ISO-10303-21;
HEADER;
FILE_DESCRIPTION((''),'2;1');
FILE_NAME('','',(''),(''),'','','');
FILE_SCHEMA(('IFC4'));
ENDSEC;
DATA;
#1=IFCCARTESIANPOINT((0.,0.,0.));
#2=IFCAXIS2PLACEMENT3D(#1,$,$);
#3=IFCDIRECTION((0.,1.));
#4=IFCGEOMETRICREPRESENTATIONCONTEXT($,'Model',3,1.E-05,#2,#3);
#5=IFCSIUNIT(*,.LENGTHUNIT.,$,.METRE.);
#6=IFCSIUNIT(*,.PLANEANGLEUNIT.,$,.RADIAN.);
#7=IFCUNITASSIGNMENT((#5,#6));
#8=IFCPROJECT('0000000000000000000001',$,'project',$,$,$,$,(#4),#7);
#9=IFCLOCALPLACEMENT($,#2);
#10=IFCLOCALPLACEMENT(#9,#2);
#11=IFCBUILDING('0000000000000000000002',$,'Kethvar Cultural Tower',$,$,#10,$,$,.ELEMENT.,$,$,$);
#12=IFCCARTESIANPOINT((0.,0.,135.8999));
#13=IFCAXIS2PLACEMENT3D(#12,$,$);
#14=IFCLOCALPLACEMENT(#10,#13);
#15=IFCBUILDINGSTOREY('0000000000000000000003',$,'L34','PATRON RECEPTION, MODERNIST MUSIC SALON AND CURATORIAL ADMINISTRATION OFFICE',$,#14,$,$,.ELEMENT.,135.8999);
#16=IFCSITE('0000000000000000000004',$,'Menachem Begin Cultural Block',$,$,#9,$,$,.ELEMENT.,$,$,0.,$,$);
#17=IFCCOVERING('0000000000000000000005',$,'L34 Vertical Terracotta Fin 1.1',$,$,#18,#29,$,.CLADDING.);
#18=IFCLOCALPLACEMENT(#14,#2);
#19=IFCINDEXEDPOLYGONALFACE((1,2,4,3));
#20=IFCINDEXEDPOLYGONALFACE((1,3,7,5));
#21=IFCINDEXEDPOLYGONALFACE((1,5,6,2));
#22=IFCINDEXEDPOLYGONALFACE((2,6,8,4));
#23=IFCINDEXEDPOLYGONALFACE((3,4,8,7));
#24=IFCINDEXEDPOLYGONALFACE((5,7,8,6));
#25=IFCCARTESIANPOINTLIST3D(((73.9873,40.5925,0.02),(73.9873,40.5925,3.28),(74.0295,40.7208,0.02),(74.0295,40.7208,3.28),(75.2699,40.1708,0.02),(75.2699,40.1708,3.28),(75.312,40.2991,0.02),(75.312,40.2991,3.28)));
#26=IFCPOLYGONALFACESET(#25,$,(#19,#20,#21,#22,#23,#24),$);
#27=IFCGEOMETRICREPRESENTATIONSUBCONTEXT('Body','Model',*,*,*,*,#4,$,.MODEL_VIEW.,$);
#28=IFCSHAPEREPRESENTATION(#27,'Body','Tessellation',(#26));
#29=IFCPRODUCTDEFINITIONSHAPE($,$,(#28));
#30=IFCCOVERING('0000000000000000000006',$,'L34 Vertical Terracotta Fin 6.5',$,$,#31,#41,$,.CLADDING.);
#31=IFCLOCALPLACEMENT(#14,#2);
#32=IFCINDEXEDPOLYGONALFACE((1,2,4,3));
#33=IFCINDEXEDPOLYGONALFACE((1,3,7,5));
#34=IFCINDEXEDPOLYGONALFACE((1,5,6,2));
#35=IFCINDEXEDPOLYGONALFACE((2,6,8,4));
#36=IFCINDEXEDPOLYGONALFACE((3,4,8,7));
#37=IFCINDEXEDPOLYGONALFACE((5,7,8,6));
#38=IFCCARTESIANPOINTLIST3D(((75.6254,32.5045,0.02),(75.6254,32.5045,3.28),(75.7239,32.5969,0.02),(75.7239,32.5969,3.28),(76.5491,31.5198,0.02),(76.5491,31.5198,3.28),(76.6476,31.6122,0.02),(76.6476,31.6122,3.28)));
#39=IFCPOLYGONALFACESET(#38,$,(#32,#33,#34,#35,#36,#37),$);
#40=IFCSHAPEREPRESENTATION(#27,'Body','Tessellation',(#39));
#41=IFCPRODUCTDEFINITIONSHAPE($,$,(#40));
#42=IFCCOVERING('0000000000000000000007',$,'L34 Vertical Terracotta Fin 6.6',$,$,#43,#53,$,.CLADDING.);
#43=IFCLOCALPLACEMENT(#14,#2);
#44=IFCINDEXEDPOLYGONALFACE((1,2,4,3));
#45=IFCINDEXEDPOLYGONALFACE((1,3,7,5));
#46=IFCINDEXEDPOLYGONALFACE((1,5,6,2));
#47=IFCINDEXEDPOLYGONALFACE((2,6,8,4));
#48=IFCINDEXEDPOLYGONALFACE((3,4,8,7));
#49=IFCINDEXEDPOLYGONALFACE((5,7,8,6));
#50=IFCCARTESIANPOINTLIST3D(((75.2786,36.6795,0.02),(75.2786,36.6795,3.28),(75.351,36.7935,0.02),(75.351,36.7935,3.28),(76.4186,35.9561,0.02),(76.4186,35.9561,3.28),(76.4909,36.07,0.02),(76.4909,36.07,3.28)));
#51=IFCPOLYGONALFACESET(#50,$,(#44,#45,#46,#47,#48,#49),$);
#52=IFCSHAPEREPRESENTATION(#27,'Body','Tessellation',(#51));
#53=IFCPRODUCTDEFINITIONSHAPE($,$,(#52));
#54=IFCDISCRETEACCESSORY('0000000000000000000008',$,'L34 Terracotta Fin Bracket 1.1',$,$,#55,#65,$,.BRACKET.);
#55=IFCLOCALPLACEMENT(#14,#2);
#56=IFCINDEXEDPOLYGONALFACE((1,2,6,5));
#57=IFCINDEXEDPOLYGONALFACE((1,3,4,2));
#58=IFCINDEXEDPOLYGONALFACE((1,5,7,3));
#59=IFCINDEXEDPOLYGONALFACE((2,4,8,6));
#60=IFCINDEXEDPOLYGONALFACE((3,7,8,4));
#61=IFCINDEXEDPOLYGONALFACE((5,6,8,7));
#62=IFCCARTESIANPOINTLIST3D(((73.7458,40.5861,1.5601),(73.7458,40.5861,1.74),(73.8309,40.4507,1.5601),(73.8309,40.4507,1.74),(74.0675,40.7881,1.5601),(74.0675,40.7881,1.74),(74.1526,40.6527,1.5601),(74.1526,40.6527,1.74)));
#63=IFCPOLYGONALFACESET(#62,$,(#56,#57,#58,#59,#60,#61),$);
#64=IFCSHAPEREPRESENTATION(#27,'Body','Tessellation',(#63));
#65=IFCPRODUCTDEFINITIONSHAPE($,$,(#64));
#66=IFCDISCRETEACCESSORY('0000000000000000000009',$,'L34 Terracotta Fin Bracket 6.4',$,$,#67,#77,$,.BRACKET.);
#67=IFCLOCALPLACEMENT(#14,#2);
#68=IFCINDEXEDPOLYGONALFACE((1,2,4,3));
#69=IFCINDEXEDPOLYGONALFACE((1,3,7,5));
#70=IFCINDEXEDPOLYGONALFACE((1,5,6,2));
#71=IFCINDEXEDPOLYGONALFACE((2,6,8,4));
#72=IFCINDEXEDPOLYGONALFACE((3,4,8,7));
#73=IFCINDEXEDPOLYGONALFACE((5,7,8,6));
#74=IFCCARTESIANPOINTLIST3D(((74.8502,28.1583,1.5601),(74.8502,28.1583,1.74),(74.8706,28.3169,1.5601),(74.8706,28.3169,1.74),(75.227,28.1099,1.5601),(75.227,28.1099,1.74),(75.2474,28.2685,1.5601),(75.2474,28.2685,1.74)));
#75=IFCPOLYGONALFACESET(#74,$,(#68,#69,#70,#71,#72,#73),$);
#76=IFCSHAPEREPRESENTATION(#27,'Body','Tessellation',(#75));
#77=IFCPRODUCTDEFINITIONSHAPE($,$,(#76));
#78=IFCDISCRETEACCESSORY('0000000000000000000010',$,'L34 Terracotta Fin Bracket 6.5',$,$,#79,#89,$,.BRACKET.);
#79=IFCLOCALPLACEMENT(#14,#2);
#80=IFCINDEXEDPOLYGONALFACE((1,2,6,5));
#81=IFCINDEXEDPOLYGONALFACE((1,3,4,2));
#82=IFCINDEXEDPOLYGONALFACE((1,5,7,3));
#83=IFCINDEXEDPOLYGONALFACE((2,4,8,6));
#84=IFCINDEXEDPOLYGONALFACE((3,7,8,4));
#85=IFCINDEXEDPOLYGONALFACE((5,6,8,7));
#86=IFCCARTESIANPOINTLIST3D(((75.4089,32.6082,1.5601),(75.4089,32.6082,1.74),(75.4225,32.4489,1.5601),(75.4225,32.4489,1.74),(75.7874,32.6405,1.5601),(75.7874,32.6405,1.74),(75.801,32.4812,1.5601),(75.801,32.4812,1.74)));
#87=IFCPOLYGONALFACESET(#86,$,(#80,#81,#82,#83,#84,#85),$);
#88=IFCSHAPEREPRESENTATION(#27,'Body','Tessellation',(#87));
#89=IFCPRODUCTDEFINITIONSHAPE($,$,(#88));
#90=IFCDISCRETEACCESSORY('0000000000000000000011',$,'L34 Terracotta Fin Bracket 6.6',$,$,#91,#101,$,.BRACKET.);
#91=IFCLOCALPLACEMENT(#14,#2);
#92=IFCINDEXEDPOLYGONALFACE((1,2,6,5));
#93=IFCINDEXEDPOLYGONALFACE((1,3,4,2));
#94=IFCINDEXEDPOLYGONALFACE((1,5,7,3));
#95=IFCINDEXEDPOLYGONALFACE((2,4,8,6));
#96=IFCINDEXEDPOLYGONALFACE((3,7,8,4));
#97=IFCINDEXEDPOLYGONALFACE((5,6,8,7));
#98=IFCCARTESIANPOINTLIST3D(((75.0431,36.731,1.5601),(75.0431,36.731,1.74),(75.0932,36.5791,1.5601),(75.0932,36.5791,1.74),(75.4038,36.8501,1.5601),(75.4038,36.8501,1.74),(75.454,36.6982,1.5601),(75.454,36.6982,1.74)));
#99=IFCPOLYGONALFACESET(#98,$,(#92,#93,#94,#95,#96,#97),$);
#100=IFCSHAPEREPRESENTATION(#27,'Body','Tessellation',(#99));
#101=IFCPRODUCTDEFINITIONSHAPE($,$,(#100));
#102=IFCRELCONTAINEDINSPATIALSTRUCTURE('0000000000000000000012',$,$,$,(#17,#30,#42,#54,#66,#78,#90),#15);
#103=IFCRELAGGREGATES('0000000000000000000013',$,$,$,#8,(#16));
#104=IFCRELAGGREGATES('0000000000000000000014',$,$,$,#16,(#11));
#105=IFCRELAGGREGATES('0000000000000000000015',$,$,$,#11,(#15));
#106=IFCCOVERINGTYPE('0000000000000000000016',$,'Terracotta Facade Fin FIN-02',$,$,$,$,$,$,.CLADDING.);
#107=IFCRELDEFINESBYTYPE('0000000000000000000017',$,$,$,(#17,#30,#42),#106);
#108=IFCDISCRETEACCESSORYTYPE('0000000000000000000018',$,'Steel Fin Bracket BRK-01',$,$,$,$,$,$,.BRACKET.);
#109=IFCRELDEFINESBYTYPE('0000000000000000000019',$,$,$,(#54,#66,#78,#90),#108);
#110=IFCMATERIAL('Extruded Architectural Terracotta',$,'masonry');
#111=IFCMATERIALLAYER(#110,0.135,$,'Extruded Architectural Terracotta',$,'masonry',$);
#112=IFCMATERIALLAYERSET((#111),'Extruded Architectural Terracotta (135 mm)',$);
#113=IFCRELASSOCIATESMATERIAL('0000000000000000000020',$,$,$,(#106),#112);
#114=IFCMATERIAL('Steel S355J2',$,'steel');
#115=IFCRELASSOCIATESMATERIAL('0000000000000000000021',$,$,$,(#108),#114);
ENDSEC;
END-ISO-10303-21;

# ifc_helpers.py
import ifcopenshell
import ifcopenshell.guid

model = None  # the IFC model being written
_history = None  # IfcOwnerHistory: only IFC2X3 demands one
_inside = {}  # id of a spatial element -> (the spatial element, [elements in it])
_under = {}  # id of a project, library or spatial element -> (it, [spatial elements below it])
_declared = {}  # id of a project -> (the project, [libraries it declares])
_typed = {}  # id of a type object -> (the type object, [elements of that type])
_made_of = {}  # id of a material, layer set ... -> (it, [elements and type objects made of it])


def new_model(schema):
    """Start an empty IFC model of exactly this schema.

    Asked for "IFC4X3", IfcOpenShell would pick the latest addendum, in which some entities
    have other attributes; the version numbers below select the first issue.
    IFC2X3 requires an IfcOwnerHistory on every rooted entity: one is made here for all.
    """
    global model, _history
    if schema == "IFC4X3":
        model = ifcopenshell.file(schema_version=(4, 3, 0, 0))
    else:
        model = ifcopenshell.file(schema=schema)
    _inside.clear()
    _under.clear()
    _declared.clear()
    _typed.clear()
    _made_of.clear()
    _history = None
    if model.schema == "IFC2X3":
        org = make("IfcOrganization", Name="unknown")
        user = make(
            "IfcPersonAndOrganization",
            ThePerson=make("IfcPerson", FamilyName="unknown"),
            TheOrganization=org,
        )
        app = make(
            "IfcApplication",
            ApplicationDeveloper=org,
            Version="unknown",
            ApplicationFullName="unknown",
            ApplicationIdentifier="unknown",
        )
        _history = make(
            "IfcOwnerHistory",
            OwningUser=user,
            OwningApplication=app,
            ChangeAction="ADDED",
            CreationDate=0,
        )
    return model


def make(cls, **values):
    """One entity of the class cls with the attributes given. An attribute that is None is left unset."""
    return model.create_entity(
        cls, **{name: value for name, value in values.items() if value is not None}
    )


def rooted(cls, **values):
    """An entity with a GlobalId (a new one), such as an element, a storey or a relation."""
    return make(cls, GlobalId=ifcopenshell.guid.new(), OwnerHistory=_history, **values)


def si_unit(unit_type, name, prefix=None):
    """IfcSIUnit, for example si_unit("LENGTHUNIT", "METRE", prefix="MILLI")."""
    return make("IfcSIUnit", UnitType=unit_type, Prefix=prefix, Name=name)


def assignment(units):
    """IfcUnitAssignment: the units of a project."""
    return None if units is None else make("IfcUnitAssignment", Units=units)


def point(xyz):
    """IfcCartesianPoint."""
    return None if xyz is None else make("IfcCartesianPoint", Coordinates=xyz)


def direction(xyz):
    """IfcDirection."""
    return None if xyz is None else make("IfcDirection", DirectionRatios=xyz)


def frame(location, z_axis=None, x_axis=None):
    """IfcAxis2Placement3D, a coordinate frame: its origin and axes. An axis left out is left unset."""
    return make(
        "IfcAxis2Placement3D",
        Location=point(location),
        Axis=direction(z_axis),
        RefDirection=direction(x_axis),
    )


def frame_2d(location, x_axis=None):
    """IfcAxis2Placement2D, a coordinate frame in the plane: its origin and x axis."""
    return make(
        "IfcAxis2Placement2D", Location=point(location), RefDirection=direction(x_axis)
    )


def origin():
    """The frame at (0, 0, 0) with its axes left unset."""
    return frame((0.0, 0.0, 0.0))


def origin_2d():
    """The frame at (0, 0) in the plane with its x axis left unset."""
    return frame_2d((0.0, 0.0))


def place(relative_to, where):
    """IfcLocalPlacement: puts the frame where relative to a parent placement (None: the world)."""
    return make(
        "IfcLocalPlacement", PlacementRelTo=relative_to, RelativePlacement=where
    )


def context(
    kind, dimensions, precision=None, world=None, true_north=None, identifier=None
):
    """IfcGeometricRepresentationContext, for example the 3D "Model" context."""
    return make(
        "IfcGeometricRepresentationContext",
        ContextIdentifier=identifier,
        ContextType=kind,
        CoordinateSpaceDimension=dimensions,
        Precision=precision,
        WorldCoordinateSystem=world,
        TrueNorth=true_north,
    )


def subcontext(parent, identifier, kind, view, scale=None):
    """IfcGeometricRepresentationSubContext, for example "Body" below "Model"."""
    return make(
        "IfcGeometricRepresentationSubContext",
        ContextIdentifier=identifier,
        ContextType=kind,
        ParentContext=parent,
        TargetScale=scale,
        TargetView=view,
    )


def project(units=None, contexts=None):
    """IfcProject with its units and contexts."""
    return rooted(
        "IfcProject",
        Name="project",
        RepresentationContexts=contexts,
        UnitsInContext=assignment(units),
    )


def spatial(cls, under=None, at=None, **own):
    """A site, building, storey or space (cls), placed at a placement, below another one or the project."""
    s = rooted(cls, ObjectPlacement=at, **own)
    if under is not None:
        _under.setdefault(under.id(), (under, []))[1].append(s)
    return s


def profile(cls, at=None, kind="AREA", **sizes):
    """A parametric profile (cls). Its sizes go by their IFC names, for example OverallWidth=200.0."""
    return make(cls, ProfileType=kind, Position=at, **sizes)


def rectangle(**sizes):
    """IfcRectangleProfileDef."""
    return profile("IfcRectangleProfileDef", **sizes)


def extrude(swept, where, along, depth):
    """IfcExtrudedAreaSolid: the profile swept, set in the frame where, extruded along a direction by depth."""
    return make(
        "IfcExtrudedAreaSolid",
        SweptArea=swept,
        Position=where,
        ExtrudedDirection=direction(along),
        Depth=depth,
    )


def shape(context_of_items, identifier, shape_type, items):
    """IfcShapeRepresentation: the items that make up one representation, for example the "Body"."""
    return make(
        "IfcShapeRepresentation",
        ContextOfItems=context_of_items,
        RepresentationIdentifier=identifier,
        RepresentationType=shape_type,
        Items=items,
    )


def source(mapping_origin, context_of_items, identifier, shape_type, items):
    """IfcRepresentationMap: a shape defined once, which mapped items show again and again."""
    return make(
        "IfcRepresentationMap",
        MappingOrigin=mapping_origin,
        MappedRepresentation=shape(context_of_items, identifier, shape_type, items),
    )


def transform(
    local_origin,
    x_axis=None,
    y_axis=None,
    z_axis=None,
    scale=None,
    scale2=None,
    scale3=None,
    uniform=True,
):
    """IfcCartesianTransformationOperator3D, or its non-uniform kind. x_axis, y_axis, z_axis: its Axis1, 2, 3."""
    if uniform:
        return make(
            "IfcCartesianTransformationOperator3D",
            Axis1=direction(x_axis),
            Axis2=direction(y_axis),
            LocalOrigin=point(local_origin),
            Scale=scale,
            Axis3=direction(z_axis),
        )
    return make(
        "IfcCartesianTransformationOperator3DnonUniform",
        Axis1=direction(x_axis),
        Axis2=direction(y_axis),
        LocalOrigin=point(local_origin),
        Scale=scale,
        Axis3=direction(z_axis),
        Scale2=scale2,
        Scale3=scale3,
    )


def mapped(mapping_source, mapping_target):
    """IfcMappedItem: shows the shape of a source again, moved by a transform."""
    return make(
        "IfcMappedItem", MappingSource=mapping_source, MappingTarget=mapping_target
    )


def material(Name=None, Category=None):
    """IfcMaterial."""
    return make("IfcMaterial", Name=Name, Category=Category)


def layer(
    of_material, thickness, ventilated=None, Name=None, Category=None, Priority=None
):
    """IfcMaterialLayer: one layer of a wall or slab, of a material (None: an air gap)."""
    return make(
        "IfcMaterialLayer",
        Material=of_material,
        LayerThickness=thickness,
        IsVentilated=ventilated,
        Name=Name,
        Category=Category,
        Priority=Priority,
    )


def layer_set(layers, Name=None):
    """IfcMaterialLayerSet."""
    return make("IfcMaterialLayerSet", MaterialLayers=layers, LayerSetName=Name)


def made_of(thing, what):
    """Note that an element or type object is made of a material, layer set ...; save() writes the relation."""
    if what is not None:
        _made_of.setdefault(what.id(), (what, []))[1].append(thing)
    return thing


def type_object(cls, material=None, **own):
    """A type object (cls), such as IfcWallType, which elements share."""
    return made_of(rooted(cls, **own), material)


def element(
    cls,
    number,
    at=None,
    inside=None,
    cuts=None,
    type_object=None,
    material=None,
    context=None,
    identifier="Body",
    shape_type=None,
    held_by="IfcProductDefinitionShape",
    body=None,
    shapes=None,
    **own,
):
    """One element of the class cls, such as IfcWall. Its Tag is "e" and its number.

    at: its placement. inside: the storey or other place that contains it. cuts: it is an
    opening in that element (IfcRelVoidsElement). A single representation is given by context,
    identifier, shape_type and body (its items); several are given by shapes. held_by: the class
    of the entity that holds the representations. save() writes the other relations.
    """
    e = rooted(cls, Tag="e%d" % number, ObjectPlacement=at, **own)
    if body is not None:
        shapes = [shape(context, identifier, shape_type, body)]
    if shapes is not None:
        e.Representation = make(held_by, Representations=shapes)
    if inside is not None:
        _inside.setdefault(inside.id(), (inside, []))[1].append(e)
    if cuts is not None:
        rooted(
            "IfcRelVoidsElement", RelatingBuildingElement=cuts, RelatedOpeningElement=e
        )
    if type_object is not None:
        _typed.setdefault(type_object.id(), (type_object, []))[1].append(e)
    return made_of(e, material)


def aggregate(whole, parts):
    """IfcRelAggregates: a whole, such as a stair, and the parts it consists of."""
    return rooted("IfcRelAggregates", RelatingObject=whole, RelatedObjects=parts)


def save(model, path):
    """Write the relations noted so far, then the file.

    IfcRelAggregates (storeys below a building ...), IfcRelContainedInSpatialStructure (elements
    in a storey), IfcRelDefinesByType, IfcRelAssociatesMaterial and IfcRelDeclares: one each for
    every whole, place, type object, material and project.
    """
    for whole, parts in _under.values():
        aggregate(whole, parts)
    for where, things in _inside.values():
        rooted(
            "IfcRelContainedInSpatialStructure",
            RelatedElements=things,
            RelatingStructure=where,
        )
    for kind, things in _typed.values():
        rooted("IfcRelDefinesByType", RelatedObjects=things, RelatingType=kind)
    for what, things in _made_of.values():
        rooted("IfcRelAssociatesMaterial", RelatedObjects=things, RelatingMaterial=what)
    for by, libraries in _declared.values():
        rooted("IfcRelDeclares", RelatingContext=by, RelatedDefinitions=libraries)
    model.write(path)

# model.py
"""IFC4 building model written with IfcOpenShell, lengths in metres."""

from ifc_helpers import new_model, si_unit, direction, frame, origin, origin_2d, place, context, subcontext, project, spatial, rectangle, extrude, source, transform, mapped, material, layer, layer_set, type_object, element, save


model = new_model("IFC4")

# Units and contexts
model_context = context("Model", 3, precision=1e-05, world=origin(), true_north=direction((0.0, 1.0)))
body_context = subcontext(model_context, "Body", "Model", "MODEL_VIEW")
ifc_project = project(units=[si_unit("LENGTHUNIT", "METRE"), si_unit("PLANEANGLEUNIT", "RADIAN")], contexts=[model_context])

# Site, building, storey
site_placement = place(None, origin())
site = spatial("IfcSite", under=ifc_project, at=site_placement, Name="Menachem Begin Cultural Block", CompositionType="ELEMENT", RefElevation=0.0)
building_placement = place(site_placement, origin())
building = spatial("IfcBuilding", under=site, at=building_placement, Name="Kethvar Cultural Tower", CompositionType="ELEMENT")
storey_placement = place(building_placement, frame((0.0, 0.0, 135.8999)))
storey = spatial("IfcBuildingStorey", under=building, at=storey_placement, Name="L34", Description="PATRON RECEPTION, MODERNIST MUSIC SALON AND CURATORIAL ADMINISTRATION OFFICE", CompositionType="ELEMENT", Elevation=135.8999)

# Shared definitions
ifc_material_1 = material(Name="Steel S355J2", Category="steel")

# Coverings
ifc_material_2 = material(Name="Extruded Architectural Terracotta", Category="masonry")
ifc_layer_1 = layer(ifc_material_2, 0.135, Name="Extruded Architectural Terracotta", Category="masonry")
ifc_layer_set_1 = layer_set([ifc_layer_1], Name="Extruded Architectural Terracotta (135 mm)")
covering_type = type_object("IfcCoveringType", Name="Terracotta Facade Fin FIN-02", PredefinedType="CLADDING", material=ifc_layer_set_1)
shared_shape_1 = source(origin(), body_context, "Body", "SweptSolid", [
    extrude(rectangle(XDim=1.3501, YDim=0.135, at=origin_2d()), origin(), (0.0, 0.0, 1.0), 3.26),
])
for number, where, z_axis, x_axis, name in (
    (1, (74.6497, 40.4458, 0.02), (0.0, 0.0, 1.0), (0.949972, -0.312335, 0.0), "L34 Vertical Terracotta Fin 1.1"),
    (2, (76.1365, 32.0583, 0.02), (0.0, 0.0, 1.0), (0.684165, -0.729327, 0.0), "L34 Vertical Terracotta Fin 6.5"),
    (3, (75.8848, 36.3748, 0.02), (0.0, 0.0, 1.0), (0.844328, -0.535827, 0.0), "L34 Vertical Terracotta Fin 6.6"),
):
    element("IfcCovering", number, at=place(storey_placement, frame(where, z_axis=z_axis, x_axis=x_axis)), inside=storey, type_object=covering_type, Name=name, PredefinedType="CLADDING", context=body_context, shape_type="MappedRepresentation", body=[
        mapped(shared_shape_1, transform((0.0, 0.0, 0.0), scale=1.0)),
    ])

# Discrete accessories
discrete_accessory_type = type_object("IfcDiscreteAccessoryType", Name="Steel Fin Bracket BRK-01", PredefinedType="BRACKET", material=ifc_material_1)
shared_shape_2 = source(origin(), body_context, "Body", "SweptSolid", [
    extrude(rectangle(XDim=0.3799, YDim=0.1599, at=origin_2d()), origin(), (0.0, 0.0, 1.0), 0.1799),
])
for number, where, z_axis, x_axis, name in (
    (4, (73.9492, 40.6194, 1.5601), (0.0, 0.0, 1.0), (0.846844, 0.531842, 0.0), "L34 Terracotta Fin Bracket 1.1"),
    (5, (75.0488, 28.2134, 1.5601), (0.0, 0.0, 1.0), (0.99185, -0.127411, 0.0), "L34 Terracotta Fin Bracket 6.4"),
    (6, (75.605, 32.5447, 1.5601), (0.0, 0.0, 1.0), (0.996375, 0.085069, 0.0), "L34 Terracotta Fin Bracket 6.5"),
    (7, (75.2485, 36.7146, 1.5601), (0.0, 0.0, 1.0), (0.94959, 0.313495, 0.0), "L34 Terracotta Fin Bracket 6.6"),
):
    element("IfcDiscreteAccessory", number, at=place(storey_placement, frame(where, z_axis=z_axis, x_axis=x_axis)), inside=storey, type_object=discrete_accessory_type, Name=name, PredefinedType="BRACKET", context=body_context, shape_type="MappedRepresentation", body=[
        mapped(shared_shape_2, transform((0.0, 0.0, 0.0), scale=1.0)),
    ])

save(model, "model.ifc")
